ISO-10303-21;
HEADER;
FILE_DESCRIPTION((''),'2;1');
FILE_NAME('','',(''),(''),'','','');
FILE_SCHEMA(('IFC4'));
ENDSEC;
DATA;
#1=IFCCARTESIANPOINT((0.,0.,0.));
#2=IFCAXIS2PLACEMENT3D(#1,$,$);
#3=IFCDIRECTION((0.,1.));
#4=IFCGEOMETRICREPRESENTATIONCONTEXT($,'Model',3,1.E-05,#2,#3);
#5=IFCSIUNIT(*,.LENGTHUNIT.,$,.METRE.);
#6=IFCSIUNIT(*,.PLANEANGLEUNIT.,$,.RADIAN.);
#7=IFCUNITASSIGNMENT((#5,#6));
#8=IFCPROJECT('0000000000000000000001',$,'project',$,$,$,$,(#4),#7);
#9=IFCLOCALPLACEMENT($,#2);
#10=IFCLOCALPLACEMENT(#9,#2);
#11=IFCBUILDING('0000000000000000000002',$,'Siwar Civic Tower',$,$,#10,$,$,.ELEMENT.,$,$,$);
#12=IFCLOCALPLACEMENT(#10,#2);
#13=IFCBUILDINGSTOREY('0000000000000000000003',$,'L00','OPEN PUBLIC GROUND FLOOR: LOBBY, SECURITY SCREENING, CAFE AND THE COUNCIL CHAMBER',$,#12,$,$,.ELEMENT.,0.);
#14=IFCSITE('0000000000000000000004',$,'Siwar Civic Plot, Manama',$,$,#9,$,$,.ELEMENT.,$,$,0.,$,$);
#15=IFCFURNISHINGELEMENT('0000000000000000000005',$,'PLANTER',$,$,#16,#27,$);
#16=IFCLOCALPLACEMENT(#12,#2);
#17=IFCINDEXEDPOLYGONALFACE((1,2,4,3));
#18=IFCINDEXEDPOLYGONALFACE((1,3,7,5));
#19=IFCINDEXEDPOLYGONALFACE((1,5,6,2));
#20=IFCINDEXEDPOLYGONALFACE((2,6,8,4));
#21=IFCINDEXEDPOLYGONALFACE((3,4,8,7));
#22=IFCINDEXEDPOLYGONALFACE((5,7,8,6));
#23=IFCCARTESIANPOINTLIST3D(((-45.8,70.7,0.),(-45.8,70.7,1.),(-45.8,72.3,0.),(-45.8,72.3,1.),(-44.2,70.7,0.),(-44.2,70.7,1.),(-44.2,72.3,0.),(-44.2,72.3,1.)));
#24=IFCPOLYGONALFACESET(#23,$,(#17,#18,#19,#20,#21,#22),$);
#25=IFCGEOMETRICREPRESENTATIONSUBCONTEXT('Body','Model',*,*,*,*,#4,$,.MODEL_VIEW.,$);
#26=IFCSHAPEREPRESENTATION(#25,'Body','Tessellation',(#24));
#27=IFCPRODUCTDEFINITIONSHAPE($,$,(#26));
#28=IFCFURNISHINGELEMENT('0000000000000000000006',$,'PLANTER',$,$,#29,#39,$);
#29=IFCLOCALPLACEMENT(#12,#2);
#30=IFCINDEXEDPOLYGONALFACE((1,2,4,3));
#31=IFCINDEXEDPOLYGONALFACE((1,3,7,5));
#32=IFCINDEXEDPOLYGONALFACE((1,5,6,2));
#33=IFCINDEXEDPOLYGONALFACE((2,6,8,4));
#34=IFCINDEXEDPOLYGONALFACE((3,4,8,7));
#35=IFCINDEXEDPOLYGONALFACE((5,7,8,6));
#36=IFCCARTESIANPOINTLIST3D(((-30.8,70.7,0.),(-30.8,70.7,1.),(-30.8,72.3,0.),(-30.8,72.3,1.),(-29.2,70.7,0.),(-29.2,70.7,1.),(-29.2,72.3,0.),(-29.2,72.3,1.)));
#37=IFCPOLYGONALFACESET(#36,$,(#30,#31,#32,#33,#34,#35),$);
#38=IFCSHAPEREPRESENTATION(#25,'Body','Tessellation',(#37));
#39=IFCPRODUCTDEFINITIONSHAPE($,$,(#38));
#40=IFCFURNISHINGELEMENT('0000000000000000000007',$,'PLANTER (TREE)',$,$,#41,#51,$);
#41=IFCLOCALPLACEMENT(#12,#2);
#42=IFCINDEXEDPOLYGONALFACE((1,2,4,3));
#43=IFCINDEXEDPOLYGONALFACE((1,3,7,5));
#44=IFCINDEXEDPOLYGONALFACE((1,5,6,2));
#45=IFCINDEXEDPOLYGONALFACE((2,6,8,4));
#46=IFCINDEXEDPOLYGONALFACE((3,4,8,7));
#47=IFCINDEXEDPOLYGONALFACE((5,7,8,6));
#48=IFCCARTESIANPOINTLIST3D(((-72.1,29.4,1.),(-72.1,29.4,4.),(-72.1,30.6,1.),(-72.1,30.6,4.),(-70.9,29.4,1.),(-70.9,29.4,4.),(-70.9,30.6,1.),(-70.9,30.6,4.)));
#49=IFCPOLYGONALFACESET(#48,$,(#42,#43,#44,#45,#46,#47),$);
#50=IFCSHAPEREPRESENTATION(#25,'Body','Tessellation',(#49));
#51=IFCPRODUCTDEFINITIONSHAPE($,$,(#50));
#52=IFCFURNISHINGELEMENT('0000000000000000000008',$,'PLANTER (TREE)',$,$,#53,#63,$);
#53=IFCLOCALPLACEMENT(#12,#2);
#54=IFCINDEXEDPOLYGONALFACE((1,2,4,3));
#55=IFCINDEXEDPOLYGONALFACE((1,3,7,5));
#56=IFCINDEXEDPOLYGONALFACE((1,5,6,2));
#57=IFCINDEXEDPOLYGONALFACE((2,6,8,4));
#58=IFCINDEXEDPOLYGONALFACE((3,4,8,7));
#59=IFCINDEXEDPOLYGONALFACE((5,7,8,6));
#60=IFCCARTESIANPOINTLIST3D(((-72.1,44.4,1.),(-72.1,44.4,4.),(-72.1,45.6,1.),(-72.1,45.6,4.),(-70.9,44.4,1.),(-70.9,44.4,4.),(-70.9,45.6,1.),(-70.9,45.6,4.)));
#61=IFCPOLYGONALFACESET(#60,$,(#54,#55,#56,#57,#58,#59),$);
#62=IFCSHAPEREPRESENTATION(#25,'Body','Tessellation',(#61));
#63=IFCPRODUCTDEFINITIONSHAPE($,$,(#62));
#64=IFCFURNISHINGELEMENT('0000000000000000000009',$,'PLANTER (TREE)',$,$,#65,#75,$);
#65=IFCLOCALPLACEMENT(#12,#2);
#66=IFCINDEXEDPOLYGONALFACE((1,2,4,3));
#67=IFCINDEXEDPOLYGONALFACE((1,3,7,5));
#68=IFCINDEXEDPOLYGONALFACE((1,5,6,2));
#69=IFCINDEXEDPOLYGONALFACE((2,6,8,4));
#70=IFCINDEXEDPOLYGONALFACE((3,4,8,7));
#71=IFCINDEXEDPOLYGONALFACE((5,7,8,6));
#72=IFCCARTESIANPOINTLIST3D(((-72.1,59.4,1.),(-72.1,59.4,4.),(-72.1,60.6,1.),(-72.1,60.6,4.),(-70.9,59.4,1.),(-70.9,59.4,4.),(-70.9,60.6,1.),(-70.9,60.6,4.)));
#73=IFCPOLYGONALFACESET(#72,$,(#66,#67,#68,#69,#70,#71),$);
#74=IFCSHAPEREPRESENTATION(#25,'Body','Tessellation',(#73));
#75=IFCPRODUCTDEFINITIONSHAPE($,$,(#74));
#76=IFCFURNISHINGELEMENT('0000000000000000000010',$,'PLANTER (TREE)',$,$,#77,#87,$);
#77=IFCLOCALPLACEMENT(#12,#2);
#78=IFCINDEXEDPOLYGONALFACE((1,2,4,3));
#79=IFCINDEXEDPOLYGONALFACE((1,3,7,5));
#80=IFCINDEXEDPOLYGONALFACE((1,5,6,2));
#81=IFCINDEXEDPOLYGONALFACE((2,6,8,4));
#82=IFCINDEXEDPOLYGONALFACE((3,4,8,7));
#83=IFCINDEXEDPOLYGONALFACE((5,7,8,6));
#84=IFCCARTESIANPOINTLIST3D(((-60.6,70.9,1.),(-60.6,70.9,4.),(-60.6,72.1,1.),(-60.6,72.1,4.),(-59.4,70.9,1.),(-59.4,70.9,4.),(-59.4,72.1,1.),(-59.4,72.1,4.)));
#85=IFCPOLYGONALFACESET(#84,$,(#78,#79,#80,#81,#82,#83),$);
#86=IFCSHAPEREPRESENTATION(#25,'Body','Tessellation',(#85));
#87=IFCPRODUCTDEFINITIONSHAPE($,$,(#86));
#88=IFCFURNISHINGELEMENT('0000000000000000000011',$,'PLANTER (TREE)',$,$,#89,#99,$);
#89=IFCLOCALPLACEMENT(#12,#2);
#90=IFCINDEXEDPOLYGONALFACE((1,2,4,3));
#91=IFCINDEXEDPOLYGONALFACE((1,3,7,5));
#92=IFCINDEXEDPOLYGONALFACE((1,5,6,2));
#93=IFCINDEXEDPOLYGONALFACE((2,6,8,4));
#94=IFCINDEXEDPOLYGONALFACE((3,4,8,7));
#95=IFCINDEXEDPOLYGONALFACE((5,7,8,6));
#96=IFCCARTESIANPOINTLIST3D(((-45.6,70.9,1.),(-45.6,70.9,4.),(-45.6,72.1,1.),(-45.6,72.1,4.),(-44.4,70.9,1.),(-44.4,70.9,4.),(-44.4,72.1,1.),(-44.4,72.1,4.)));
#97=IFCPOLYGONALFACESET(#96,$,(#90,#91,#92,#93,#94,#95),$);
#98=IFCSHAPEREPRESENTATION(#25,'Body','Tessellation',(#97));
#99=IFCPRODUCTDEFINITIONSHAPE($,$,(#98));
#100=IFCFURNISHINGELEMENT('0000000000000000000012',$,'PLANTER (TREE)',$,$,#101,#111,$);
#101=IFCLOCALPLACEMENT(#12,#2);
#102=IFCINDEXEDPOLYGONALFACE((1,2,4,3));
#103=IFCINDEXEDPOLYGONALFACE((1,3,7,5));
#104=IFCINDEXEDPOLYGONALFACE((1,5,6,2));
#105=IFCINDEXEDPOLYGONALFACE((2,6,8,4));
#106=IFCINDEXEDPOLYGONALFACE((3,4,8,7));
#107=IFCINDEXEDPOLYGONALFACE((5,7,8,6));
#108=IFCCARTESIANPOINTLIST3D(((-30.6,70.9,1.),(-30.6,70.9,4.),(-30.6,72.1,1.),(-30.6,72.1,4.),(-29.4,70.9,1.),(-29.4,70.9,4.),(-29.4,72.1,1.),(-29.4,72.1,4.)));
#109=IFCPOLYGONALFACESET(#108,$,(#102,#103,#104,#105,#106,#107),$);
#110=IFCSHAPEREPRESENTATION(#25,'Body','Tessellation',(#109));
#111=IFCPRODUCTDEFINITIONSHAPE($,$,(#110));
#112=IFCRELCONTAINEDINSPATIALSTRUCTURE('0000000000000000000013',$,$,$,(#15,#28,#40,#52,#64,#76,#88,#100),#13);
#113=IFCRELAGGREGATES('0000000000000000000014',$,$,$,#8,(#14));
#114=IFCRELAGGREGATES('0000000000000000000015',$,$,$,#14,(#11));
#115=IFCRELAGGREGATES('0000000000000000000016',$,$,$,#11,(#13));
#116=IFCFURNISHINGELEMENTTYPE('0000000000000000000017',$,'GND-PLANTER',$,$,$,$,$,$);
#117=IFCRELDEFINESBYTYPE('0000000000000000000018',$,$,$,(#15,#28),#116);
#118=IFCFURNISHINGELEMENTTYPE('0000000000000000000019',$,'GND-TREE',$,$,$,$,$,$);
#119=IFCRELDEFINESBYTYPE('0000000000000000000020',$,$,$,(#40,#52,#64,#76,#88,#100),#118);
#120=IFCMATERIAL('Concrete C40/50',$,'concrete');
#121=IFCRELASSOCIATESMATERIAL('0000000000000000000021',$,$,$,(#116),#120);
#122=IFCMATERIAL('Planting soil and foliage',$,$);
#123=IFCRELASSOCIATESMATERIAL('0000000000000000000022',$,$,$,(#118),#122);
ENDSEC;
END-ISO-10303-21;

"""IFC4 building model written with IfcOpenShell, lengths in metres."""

from ifc_helpers import new_model, si_unit, direction, frame, origin, origin_2d, place, context, subcontext, project, spatial, rectangle, extrude, material, type_object, element, save


model = new_model("IFC4")

# Units and contexts
model_context = context("Model", 3, precision=1e-05, world=origin(), true_north=direction((0.0, 1.0)))
body_context = subcontext(model_context, "Body", "Model", "MODEL_VIEW")
ifc_project = project(units=[si_unit("LENGTHUNIT", "METRE"), si_unit("PLANEANGLEUNIT", "RADIAN")], contexts=[model_context])

# Site, building, storey
site_placement = place(None, origin())
site = spatial("IfcSite", under=ifc_project, at=site_placement, Name="Siwar Civic Plot, Manama", CompositionType="ELEMENT", RefElevation=0.0)
building_placement = place(site_placement, origin())
building = spatial("IfcBuilding", under=site, at=building_placement, Name="Siwar Civic Tower", CompositionType="ELEMENT")
storey_placement = place(building_placement, origin())
storey = spatial("IfcBuildingStorey", under=building, at=storey_placement, Name="L00", Description="OPEN PUBLIC GROUND FLOOR: LOBBY, SECURITY SCREENING, CAFE AND THE COUNCIL CHAMBER", CompositionType="ELEMENT", Elevation=0.0)

# Furnishing elements
ifc_material_1 = material(Name="Concrete C40/50", Category="concrete")
furnishing_element_type_1 = type_object("IfcFurnishingElementType", Name="GND-PLANTER", material=ifc_material_1)
for number, where, z_axis, x_axis, name in (
    (1, (-45.0, 71.5, 0.0), (0.0, 0.0, 1.0), (1.0, 0.0, 0.0), "PLANTER"),
    (2, (-30.0, 71.5, 0.0), (0.0, 0.0, 1.0), (1.0, 0.0, 0.0), "PLANTER"),
):
    element("IfcFurnishingElement", number, at=place(storey_placement, frame(where, z_axis=z_axis, x_axis=x_axis)), inside=storey, type_object=furnishing_element_type_1, Name=name, context=body_context, shape_type="SweptSolid", body=[
        extrude(rectangle(XDim=1.6001, YDim=1.6001, at=origin_2d()), origin(), (0.0, 0.0, 1.0), 1.0),
    ])
ifc_material_2 = material(Name="Planting soil and foliage")
furnishing_element_type_2 = type_object("IfcFurnishingElementType", Name="GND-TREE", material=ifc_material_2)
for number, where, z_axis, x_axis, name in (
    (3, (-71.5, 30.0, 1.0), (0.0, 0.0, 1.0), (1.0, 0.0, 0.0), "PLANTER (TREE)"),
    (4, (-71.5, 45.0, 1.0), (0.0, 0.0, 1.0), (1.0, 0.0, 0.0), "PLANTER (TREE)"),
    (5, (-71.5, 60.0, 1.0), (0.0, 0.0, 1.0), (1.0, 0.0, 0.0), "PLANTER (TREE)"),
    (6, (-60.0, 71.5, 1.0), (0.0, 0.0, 1.0), (1.0, 0.0, 0.0), "PLANTER (TREE)"),
    (7, (-45.0, 71.5, 1.0), (0.0, 0.0, 1.0), (1.0, 0.0, 0.0), "PLANTER (TREE)"),
    (8, (-30.0, 71.5, 1.0), (0.0, 0.0, 1.0), (1.0, 0.0, 0.0), "PLANTER (TREE)"),
):
    element("IfcFurnishingElement", number, at=place(storey_placement, frame(where, z_axis=z_axis, x_axis=x_axis)), inside=storey, type_object=furnishing_element_type_2, Name=name, context=body_context, shape_type="SweptSolid", body=[
        extrude(rectangle(XDim=1.2, YDim=1.2, at=origin_2d()), origin(), (0.0, 0.0, 1.0), 3.0),
    ])

save(model, "model.ifc")
